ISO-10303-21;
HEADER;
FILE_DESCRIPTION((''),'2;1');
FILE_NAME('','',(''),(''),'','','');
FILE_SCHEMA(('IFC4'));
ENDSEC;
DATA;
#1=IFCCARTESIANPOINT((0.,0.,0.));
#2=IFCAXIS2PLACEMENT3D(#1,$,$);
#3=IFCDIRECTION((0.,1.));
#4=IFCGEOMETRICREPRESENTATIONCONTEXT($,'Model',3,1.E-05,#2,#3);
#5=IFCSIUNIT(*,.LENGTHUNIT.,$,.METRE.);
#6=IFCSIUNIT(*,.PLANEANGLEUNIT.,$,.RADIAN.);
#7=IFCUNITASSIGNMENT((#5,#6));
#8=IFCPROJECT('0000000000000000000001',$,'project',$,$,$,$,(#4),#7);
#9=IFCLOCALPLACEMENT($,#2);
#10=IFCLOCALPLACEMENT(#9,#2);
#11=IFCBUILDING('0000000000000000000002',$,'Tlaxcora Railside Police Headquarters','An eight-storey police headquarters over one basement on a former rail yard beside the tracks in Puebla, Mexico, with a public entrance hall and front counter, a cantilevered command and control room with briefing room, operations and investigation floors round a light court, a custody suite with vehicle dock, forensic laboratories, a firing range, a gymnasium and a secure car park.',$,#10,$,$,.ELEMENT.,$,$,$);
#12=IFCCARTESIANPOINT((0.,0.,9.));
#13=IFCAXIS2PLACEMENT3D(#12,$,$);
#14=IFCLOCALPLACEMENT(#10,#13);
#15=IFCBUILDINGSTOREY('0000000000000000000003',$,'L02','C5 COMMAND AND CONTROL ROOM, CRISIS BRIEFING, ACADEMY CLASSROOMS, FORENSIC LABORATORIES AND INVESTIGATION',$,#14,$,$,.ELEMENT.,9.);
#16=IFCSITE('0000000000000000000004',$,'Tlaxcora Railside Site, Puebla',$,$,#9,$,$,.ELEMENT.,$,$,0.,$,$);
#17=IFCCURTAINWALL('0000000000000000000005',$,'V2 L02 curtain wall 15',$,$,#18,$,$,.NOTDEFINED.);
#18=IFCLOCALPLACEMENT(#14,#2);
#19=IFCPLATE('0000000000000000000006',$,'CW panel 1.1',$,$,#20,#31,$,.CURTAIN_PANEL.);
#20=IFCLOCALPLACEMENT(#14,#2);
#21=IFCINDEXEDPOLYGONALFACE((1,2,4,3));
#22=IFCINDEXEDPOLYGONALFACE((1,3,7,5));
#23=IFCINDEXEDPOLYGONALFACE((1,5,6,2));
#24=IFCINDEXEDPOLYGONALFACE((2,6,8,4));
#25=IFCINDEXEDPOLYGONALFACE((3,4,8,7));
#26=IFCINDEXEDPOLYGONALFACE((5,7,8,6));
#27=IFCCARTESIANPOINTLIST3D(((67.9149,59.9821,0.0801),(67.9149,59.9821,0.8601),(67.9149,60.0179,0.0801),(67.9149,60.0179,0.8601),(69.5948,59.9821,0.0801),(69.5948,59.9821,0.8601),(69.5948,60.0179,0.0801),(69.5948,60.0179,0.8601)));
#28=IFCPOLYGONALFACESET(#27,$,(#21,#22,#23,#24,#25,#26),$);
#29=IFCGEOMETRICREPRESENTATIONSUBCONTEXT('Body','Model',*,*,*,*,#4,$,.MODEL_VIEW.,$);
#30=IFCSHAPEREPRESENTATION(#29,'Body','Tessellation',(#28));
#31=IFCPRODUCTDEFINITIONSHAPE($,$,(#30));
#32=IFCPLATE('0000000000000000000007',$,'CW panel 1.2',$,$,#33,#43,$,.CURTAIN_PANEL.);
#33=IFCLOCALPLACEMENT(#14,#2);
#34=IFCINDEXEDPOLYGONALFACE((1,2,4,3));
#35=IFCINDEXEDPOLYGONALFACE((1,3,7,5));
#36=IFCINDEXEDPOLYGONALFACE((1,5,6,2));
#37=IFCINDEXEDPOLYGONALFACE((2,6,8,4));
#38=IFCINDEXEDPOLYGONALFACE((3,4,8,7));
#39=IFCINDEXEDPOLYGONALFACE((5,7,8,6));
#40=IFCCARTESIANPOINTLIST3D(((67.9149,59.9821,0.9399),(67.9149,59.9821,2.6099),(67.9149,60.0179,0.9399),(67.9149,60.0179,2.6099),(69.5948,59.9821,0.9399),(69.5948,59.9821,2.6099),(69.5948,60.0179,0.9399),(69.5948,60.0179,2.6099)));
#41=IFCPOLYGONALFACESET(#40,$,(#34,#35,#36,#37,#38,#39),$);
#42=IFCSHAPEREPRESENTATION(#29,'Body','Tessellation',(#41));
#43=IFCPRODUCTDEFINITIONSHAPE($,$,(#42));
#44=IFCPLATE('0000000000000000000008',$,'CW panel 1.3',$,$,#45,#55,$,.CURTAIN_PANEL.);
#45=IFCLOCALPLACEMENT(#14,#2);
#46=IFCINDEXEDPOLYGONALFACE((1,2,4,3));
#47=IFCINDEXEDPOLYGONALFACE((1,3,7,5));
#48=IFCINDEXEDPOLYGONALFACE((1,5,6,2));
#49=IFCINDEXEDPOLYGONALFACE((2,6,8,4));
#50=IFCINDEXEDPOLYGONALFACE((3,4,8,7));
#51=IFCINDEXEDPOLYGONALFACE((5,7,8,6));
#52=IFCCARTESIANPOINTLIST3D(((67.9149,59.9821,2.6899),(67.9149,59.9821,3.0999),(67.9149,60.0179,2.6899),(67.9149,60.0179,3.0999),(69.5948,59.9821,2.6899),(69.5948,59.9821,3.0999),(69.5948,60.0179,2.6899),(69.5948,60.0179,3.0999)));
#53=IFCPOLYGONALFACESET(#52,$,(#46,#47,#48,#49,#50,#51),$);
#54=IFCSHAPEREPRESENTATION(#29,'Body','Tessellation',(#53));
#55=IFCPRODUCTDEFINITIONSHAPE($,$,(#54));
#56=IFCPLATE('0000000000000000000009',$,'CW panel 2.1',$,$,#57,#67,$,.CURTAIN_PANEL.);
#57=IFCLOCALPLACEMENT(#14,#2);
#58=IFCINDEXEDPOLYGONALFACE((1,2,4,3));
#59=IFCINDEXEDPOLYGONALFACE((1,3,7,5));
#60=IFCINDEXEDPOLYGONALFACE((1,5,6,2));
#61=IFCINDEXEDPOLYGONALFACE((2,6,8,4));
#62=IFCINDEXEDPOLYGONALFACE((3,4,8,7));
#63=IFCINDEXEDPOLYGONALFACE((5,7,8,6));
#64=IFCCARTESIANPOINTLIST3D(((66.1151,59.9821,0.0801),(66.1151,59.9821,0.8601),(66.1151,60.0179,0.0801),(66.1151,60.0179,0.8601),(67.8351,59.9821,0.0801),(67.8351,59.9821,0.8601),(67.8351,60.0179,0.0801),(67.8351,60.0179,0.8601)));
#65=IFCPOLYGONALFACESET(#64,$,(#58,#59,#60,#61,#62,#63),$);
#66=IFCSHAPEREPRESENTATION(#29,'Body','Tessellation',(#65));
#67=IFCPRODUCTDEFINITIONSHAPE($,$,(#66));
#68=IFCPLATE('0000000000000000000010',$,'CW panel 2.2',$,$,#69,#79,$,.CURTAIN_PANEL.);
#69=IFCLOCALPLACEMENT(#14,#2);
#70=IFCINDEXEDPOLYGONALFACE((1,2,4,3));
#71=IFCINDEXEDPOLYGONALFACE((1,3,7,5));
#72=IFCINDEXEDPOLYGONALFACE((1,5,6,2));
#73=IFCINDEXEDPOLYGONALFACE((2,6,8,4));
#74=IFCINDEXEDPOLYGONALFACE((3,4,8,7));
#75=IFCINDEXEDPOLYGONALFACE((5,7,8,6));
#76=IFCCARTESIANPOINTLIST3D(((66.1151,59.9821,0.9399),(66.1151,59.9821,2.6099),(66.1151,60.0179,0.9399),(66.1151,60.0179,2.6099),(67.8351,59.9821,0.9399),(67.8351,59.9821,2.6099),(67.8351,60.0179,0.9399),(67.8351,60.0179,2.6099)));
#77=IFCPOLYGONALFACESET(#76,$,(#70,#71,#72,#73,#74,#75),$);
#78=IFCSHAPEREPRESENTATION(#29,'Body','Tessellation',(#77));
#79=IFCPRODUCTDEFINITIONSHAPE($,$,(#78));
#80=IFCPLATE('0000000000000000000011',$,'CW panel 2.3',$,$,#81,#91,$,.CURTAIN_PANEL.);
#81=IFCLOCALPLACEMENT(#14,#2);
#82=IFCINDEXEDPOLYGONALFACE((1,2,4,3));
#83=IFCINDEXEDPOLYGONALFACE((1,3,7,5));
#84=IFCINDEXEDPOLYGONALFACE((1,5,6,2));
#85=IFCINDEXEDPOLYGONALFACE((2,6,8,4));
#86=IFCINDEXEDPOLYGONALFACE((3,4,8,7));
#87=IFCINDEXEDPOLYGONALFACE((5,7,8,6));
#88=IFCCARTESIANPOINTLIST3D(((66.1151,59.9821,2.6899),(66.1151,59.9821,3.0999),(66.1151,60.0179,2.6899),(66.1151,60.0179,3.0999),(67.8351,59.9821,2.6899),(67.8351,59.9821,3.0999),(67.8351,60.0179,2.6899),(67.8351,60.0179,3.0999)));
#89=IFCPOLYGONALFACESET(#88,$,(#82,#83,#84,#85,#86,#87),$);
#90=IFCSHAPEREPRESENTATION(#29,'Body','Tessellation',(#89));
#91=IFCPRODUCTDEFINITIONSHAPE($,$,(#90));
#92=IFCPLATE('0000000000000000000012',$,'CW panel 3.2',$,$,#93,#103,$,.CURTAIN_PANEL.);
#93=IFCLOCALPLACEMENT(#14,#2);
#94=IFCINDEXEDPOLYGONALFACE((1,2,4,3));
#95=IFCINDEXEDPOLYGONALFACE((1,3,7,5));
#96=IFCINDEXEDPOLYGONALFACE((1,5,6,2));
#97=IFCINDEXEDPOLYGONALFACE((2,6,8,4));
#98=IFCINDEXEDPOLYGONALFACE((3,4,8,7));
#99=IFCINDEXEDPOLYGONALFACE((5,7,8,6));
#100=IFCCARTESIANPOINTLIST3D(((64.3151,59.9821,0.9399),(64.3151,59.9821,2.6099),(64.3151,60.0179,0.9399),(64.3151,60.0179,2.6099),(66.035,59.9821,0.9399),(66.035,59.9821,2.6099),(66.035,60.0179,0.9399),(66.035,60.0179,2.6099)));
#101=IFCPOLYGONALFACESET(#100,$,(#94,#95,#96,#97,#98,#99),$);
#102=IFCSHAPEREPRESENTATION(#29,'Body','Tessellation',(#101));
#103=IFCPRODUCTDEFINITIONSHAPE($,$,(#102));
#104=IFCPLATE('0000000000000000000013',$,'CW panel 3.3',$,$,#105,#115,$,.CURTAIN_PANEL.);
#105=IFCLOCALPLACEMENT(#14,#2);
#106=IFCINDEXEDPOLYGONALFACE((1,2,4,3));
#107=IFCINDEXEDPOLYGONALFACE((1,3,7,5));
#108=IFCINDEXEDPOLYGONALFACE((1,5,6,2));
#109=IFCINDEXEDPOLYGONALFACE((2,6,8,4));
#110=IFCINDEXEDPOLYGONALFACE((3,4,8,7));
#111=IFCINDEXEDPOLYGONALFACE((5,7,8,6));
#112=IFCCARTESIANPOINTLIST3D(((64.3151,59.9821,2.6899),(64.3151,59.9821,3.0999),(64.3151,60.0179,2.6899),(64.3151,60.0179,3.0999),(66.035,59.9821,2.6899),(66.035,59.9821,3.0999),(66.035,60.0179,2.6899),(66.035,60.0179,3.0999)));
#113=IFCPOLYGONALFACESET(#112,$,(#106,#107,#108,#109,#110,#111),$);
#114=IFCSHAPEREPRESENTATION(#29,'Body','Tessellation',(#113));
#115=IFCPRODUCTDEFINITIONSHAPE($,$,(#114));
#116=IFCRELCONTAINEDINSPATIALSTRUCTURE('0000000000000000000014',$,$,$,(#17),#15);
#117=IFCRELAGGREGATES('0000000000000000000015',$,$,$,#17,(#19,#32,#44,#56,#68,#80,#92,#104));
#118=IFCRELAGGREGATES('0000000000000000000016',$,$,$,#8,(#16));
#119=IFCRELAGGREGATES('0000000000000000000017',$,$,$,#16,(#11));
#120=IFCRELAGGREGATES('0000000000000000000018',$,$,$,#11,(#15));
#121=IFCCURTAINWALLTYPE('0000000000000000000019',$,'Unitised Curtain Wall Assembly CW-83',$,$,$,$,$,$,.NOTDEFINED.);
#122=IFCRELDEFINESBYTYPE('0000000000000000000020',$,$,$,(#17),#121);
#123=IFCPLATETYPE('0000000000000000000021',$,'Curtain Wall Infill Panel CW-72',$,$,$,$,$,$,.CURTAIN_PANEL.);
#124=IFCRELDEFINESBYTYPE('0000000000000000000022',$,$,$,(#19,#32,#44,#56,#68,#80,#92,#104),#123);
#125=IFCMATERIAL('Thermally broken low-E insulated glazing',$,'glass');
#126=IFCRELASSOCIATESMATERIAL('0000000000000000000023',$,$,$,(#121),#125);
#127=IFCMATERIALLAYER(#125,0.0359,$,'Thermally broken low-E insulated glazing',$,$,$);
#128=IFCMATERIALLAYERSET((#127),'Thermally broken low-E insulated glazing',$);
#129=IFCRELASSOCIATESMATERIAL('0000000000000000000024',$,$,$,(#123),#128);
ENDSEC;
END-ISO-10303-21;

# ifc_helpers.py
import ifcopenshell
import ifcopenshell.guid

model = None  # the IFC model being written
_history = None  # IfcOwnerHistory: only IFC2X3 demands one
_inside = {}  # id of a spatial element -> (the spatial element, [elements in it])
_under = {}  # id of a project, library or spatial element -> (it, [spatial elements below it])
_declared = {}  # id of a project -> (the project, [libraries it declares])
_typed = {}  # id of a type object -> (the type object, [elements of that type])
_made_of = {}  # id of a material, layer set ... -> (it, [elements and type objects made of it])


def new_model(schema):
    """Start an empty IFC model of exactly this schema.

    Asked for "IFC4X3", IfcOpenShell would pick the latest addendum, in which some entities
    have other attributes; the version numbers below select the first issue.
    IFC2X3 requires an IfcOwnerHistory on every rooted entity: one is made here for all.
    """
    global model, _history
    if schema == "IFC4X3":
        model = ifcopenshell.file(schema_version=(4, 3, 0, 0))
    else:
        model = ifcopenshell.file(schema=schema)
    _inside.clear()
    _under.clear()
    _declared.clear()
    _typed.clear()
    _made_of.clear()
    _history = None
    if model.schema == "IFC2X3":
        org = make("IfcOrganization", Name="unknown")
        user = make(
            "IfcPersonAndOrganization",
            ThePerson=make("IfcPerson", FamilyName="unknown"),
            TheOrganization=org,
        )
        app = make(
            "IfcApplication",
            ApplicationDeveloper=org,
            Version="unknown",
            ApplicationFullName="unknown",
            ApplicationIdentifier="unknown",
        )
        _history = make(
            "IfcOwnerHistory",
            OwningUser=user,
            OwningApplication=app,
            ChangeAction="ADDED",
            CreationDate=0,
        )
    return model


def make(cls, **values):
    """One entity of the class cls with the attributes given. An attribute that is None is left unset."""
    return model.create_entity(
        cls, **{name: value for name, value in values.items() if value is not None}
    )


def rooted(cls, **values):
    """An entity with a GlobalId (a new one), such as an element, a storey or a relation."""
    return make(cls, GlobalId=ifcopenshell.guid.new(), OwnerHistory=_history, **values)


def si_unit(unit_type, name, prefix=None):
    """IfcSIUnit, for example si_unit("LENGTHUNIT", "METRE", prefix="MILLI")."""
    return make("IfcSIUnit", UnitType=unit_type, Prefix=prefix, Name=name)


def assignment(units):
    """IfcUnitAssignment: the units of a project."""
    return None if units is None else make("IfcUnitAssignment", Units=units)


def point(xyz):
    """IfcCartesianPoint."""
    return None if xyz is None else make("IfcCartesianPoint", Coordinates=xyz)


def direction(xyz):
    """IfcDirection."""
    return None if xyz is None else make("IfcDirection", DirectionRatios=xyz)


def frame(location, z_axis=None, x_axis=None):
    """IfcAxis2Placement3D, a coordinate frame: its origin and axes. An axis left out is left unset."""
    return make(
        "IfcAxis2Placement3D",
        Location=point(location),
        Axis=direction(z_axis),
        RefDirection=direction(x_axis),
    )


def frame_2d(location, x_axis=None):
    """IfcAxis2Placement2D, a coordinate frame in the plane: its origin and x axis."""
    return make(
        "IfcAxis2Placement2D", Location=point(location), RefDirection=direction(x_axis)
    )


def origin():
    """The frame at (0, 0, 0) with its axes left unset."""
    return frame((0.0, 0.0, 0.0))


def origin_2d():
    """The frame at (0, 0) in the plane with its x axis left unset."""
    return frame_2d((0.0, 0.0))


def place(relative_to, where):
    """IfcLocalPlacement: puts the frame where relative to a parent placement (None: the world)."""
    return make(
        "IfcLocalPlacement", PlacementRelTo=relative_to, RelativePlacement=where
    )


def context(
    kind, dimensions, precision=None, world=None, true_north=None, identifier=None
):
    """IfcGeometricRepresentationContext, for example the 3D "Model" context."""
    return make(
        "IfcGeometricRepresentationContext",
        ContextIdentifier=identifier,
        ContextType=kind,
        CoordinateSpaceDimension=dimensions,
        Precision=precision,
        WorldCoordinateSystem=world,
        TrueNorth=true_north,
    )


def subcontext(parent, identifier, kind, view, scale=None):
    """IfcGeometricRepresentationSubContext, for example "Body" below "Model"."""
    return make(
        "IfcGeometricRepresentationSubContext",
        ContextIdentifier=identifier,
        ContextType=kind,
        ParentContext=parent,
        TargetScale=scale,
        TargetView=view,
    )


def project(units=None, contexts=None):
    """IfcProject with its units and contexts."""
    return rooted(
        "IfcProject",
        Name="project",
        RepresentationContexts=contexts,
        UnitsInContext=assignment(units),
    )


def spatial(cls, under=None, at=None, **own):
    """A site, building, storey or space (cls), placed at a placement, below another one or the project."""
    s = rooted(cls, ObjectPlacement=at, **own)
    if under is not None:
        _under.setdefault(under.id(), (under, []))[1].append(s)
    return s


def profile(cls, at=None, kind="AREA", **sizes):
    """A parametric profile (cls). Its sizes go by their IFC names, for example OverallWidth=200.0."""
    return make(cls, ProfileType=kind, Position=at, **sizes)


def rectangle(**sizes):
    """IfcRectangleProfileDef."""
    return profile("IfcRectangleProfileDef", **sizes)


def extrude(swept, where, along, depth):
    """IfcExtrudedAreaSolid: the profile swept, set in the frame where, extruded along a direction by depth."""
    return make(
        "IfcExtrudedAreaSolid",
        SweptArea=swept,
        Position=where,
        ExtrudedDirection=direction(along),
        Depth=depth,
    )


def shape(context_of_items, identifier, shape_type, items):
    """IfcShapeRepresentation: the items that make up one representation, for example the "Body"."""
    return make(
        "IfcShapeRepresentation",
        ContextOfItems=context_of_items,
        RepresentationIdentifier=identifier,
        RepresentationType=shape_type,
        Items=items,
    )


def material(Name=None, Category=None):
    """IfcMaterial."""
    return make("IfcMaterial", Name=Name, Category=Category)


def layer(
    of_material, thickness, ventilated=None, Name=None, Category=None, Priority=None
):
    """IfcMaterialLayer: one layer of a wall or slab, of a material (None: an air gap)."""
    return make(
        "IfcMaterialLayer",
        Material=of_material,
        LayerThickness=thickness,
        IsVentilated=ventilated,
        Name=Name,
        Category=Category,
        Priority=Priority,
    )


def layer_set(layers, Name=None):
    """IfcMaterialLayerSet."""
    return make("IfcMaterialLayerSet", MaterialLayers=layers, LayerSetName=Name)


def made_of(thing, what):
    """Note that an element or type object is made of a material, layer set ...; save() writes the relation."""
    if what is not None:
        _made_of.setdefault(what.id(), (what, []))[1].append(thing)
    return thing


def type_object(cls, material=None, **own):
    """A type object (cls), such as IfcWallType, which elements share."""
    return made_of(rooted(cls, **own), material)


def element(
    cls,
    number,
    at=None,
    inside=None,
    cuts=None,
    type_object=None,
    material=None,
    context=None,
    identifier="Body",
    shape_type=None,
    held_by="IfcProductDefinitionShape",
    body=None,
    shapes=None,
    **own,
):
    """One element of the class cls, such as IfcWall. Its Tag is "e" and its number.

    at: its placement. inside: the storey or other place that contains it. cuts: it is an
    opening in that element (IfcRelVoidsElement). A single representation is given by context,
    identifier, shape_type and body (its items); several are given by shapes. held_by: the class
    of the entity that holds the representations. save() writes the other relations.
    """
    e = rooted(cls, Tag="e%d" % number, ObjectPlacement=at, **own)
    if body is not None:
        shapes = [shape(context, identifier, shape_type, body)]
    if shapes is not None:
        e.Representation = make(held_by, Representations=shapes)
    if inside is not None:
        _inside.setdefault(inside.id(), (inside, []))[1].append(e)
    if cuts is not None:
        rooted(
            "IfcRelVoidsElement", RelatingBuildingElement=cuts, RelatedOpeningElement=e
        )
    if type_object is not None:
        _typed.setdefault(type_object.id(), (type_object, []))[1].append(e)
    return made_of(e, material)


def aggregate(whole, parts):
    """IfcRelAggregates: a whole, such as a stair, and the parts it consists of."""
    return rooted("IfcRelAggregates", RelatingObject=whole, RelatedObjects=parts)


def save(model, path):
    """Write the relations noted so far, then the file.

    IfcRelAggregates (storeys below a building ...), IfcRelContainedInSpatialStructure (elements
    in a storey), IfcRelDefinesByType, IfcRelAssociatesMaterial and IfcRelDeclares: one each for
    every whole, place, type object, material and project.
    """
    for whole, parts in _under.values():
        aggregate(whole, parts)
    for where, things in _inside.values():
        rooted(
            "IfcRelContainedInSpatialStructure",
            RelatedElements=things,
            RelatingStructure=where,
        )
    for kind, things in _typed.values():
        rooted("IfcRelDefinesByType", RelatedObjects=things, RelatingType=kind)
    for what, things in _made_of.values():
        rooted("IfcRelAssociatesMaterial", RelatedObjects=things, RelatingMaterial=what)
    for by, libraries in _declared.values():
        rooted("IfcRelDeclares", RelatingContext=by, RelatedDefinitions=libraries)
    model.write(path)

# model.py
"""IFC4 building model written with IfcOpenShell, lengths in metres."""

from ifc_helpers import new_model, si_unit, direction, frame, origin, origin_2d, place, context, subcontext, project, spatial, rectangle, extrude, material, layer, layer_set, type_object, element, aggregate, save


model = new_model("IFC4")

# Units and contexts
model_context = context("Model", 3, precision=1e-05, world=origin(), true_north=direction((0.0, 1.0)))
body_context = subcontext(model_context, "Body", "Model", "MODEL_VIEW")
ifc_project = project(units=[si_unit("LENGTHUNIT", "METRE"), si_unit("PLANEANGLEUNIT", "RADIAN")], contexts=[model_context])

# Site, building, storey
site_placement = place(None, origin())
site = spatial("IfcSite", under=ifc_project, at=site_placement, Name="Tlaxcora Railside Site, Puebla", CompositionType="ELEMENT", RefElevation=0.0)
building_placement = place(site_placement, origin())
building = spatial("IfcBuilding", under=site, at=building_placement, Name="Tlaxcora Railside Police Headquarters", Description="An eight-storey police headquarters over one basement on a former rail yard beside the tracks in Puebla, Mexico, with a public entrance hall and front counter, a cantilevered command and control room with briefing room, operations and investigation floors round a light court, a custody suite with vehicle dock, forensic laboratories, a firing range, a gymnasium and a secure car park.", CompositionType="ELEMENT")
storey_placement = place(building_placement, frame((0.0, 0.0, 9.0)))
storey = spatial("IfcBuildingStorey", under=building, at=storey_placement, Name="L02", Description="C5 COMMAND AND CONTROL ROOM, CRISIS BRIEFING, ACADEMY CLASSROOMS, FORENSIC LABORATORIES AND INVESTIGATION", CompositionType="ELEMENT", Elevation=9.0)

# Curtain wall, plates
ifc_material_1 = material(Name="Thermally broken low-E insulated glazing", Category="glass")
curtain_wall_type = type_object("IfcCurtainWallType", Name="Unitised Curtain Wall Assembly CW-83", PredefinedType="NOTDEFINED", material=ifc_material_1)
curtain_wall_placement = place(storey_placement, origin())
curtain_wall = element("IfcCurtainWall", 1, at=curtain_wall_placement, inside=storey, type_object=curtain_wall_type, Name="V2 L02 curtain wall 15", PredefinedType="NOTDEFINED")
ifc_layer = layer(ifc_material_1, 0.0359, Name="Thermally broken low-E insulated glazing")
ifc_layer_set = layer_set([ifc_layer], Name="Thermally broken low-E insulated glazing")
plate_type = type_object("IfcPlateType", Name="Curtain Wall Infill Panel CW-72", PredefinedType="CURTAIN_PANEL", material=ifc_layer_set)
plate_1_placement = place(storey_placement, frame((68.7549, 60.0, 0.0801), z_axis=(0.0, 0.0, 1.0), x_axis=(-1.0, 0.0, 0.0)))
plate_1 = element("IfcPlate", 2, at=plate_1_placement, type_object=plate_type, Name="CW panel 1.1", PredefinedType="CURTAIN_PANEL", context=body_context, shape_type="SweptSolid", body=[
    extrude(rectangle(XDim=1.6799, YDim=0.0359, at=origin_2d()), origin(), (0.0, 0.0, 1.0), 0.78),
])
plate_2_placement = place(storey_placement, frame((68.7549, 60.0, 0.9399), z_axis=(0.0, 0.0, 1.0), x_axis=(-1.0, 0.0, 0.0)))
plate_2 = element("IfcPlate", 3, at=plate_2_placement, type_object=plate_type, Name="CW panel 1.2", PredefinedType="CURTAIN_PANEL", context=body_context, shape_type="SweptSolid", body=[
    extrude(rectangle(XDim=1.6799, YDim=0.0359, at=origin_2d()), origin(), (0.0, 0.0, 1.0), 1.6699),
])
plate_3_placement = place(storey_placement, frame((68.7549, 60.0, 2.6899), z_axis=(0.0, 0.0, 1.0), x_axis=(-1.0, 0.0, 0.0)))
plate_3 = element("IfcPlate", 4, at=plate_3_placement, type_object=plate_type, Name="CW panel 1.3", PredefinedType="CURTAIN_PANEL", context=body_context, shape_type="SweptSolid", body=[
    extrude(rectangle(XDim=1.6799, YDim=0.0359, at=origin_2d()), origin(), (0.0, 0.0, 1.0), 0.4099),
])
plate_4_placement = place(storey_placement, frame((66.9751, 60.0, 0.0801), z_axis=(0.0, 0.0, 1.0), x_axis=(-1.0, 0.0, 0.0)))
plate_4 = element("IfcPlate", 5, at=plate_4_placement, type_object=plate_type, Name="CW panel 2.1", PredefinedType="CURTAIN_PANEL", context=body_context, shape_type="SweptSolid", body=[
    extrude(rectangle(XDim=1.72, YDim=0.0359, at=origin_2d()), origin(), (0.0, 0.0, 1.0), 0.78),
])
plate_5_placement = place(storey_placement, frame((66.9751, 60.0, 0.9399), z_axis=(0.0, 0.0, 1.0), x_axis=(-1.0, 0.0, 0.0)))
plate_5 = element("IfcPlate", 6, at=plate_5_placement, type_object=plate_type, Name="CW panel 2.2", PredefinedType="CURTAIN_PANEL", context=body_context, shape_type="SweptSolid", body=[
    extrude(rectangle(XDim=1.72, YDim=0.0359, at=origin_2d()), origin(), (0.0, 0.0, 1.0), 1.6699),
])
plate_6_placement = place(storey_placement, frame((66.9751, 60.0, 2.6899), z_axis=(0.0, 0.0, 1.0), x_axis=(-1.0, 0.0, 0.0)))
plate_6 = element("IfcPlate", 7, at=plate_6_placement, type_object=plate_type, Name="CW panel 2.3", PredefinedType="CURTAIN_PANEL", context=body_context, shape_type="SweptSolid", body=[
    extrude(rectangle(XDim=1.72, YDim=0.0359, at=origin_2d()), origin(), (0.0, 0.0, 1.0), 0.4099),
])
plate_7_placement = place(storey_placement, frame((65.175, 60.0, 0.9399), z_axis=(0.0, 0.0, 1.0), x_axis=(-1.0, 0.0, 0.0)))
plate_7 = element("IfcPlate", 8, at=plate_7_placement, type_object=plate_type, Name="CW panel 3.2", PredefinedType="CURTAIN_PANEL", context=body_context, shape_type="SweptSolid", body=[
    extrude(rectangle(XDim=1.72, YDim=0.0359, at=origin_2d()), origin(), (0.0, 0.0, 1.0), 1.6699),
])
plate_8_placement = place(storey_placement, frame((65.175, 60.0, 2.6899), z_axis=(0.0, 0.0, 1.0), x_axis=(-1.0, 0.0, 0.0)))
plate_8 = element("IfcPlate", 9, at=plate_8_placement, type_object=plate_type, Name="CW panel 3.3", PredefinedType="CURTAIN_PANEL", context=body_context, shape_type="SweptSolid", body=[
    extrude(rectangle(XDim=1.72, YDim=0.0359, at=origin_2d()), origin(), (0.0, 0.0, 1.0), 0.4099),
])
aggregate(curtain_wall, [plate_1, plate_2, plate_3, plate_4, plate_5, plate_6, plate_7, plate_8])

save(model, "model.ifc")
